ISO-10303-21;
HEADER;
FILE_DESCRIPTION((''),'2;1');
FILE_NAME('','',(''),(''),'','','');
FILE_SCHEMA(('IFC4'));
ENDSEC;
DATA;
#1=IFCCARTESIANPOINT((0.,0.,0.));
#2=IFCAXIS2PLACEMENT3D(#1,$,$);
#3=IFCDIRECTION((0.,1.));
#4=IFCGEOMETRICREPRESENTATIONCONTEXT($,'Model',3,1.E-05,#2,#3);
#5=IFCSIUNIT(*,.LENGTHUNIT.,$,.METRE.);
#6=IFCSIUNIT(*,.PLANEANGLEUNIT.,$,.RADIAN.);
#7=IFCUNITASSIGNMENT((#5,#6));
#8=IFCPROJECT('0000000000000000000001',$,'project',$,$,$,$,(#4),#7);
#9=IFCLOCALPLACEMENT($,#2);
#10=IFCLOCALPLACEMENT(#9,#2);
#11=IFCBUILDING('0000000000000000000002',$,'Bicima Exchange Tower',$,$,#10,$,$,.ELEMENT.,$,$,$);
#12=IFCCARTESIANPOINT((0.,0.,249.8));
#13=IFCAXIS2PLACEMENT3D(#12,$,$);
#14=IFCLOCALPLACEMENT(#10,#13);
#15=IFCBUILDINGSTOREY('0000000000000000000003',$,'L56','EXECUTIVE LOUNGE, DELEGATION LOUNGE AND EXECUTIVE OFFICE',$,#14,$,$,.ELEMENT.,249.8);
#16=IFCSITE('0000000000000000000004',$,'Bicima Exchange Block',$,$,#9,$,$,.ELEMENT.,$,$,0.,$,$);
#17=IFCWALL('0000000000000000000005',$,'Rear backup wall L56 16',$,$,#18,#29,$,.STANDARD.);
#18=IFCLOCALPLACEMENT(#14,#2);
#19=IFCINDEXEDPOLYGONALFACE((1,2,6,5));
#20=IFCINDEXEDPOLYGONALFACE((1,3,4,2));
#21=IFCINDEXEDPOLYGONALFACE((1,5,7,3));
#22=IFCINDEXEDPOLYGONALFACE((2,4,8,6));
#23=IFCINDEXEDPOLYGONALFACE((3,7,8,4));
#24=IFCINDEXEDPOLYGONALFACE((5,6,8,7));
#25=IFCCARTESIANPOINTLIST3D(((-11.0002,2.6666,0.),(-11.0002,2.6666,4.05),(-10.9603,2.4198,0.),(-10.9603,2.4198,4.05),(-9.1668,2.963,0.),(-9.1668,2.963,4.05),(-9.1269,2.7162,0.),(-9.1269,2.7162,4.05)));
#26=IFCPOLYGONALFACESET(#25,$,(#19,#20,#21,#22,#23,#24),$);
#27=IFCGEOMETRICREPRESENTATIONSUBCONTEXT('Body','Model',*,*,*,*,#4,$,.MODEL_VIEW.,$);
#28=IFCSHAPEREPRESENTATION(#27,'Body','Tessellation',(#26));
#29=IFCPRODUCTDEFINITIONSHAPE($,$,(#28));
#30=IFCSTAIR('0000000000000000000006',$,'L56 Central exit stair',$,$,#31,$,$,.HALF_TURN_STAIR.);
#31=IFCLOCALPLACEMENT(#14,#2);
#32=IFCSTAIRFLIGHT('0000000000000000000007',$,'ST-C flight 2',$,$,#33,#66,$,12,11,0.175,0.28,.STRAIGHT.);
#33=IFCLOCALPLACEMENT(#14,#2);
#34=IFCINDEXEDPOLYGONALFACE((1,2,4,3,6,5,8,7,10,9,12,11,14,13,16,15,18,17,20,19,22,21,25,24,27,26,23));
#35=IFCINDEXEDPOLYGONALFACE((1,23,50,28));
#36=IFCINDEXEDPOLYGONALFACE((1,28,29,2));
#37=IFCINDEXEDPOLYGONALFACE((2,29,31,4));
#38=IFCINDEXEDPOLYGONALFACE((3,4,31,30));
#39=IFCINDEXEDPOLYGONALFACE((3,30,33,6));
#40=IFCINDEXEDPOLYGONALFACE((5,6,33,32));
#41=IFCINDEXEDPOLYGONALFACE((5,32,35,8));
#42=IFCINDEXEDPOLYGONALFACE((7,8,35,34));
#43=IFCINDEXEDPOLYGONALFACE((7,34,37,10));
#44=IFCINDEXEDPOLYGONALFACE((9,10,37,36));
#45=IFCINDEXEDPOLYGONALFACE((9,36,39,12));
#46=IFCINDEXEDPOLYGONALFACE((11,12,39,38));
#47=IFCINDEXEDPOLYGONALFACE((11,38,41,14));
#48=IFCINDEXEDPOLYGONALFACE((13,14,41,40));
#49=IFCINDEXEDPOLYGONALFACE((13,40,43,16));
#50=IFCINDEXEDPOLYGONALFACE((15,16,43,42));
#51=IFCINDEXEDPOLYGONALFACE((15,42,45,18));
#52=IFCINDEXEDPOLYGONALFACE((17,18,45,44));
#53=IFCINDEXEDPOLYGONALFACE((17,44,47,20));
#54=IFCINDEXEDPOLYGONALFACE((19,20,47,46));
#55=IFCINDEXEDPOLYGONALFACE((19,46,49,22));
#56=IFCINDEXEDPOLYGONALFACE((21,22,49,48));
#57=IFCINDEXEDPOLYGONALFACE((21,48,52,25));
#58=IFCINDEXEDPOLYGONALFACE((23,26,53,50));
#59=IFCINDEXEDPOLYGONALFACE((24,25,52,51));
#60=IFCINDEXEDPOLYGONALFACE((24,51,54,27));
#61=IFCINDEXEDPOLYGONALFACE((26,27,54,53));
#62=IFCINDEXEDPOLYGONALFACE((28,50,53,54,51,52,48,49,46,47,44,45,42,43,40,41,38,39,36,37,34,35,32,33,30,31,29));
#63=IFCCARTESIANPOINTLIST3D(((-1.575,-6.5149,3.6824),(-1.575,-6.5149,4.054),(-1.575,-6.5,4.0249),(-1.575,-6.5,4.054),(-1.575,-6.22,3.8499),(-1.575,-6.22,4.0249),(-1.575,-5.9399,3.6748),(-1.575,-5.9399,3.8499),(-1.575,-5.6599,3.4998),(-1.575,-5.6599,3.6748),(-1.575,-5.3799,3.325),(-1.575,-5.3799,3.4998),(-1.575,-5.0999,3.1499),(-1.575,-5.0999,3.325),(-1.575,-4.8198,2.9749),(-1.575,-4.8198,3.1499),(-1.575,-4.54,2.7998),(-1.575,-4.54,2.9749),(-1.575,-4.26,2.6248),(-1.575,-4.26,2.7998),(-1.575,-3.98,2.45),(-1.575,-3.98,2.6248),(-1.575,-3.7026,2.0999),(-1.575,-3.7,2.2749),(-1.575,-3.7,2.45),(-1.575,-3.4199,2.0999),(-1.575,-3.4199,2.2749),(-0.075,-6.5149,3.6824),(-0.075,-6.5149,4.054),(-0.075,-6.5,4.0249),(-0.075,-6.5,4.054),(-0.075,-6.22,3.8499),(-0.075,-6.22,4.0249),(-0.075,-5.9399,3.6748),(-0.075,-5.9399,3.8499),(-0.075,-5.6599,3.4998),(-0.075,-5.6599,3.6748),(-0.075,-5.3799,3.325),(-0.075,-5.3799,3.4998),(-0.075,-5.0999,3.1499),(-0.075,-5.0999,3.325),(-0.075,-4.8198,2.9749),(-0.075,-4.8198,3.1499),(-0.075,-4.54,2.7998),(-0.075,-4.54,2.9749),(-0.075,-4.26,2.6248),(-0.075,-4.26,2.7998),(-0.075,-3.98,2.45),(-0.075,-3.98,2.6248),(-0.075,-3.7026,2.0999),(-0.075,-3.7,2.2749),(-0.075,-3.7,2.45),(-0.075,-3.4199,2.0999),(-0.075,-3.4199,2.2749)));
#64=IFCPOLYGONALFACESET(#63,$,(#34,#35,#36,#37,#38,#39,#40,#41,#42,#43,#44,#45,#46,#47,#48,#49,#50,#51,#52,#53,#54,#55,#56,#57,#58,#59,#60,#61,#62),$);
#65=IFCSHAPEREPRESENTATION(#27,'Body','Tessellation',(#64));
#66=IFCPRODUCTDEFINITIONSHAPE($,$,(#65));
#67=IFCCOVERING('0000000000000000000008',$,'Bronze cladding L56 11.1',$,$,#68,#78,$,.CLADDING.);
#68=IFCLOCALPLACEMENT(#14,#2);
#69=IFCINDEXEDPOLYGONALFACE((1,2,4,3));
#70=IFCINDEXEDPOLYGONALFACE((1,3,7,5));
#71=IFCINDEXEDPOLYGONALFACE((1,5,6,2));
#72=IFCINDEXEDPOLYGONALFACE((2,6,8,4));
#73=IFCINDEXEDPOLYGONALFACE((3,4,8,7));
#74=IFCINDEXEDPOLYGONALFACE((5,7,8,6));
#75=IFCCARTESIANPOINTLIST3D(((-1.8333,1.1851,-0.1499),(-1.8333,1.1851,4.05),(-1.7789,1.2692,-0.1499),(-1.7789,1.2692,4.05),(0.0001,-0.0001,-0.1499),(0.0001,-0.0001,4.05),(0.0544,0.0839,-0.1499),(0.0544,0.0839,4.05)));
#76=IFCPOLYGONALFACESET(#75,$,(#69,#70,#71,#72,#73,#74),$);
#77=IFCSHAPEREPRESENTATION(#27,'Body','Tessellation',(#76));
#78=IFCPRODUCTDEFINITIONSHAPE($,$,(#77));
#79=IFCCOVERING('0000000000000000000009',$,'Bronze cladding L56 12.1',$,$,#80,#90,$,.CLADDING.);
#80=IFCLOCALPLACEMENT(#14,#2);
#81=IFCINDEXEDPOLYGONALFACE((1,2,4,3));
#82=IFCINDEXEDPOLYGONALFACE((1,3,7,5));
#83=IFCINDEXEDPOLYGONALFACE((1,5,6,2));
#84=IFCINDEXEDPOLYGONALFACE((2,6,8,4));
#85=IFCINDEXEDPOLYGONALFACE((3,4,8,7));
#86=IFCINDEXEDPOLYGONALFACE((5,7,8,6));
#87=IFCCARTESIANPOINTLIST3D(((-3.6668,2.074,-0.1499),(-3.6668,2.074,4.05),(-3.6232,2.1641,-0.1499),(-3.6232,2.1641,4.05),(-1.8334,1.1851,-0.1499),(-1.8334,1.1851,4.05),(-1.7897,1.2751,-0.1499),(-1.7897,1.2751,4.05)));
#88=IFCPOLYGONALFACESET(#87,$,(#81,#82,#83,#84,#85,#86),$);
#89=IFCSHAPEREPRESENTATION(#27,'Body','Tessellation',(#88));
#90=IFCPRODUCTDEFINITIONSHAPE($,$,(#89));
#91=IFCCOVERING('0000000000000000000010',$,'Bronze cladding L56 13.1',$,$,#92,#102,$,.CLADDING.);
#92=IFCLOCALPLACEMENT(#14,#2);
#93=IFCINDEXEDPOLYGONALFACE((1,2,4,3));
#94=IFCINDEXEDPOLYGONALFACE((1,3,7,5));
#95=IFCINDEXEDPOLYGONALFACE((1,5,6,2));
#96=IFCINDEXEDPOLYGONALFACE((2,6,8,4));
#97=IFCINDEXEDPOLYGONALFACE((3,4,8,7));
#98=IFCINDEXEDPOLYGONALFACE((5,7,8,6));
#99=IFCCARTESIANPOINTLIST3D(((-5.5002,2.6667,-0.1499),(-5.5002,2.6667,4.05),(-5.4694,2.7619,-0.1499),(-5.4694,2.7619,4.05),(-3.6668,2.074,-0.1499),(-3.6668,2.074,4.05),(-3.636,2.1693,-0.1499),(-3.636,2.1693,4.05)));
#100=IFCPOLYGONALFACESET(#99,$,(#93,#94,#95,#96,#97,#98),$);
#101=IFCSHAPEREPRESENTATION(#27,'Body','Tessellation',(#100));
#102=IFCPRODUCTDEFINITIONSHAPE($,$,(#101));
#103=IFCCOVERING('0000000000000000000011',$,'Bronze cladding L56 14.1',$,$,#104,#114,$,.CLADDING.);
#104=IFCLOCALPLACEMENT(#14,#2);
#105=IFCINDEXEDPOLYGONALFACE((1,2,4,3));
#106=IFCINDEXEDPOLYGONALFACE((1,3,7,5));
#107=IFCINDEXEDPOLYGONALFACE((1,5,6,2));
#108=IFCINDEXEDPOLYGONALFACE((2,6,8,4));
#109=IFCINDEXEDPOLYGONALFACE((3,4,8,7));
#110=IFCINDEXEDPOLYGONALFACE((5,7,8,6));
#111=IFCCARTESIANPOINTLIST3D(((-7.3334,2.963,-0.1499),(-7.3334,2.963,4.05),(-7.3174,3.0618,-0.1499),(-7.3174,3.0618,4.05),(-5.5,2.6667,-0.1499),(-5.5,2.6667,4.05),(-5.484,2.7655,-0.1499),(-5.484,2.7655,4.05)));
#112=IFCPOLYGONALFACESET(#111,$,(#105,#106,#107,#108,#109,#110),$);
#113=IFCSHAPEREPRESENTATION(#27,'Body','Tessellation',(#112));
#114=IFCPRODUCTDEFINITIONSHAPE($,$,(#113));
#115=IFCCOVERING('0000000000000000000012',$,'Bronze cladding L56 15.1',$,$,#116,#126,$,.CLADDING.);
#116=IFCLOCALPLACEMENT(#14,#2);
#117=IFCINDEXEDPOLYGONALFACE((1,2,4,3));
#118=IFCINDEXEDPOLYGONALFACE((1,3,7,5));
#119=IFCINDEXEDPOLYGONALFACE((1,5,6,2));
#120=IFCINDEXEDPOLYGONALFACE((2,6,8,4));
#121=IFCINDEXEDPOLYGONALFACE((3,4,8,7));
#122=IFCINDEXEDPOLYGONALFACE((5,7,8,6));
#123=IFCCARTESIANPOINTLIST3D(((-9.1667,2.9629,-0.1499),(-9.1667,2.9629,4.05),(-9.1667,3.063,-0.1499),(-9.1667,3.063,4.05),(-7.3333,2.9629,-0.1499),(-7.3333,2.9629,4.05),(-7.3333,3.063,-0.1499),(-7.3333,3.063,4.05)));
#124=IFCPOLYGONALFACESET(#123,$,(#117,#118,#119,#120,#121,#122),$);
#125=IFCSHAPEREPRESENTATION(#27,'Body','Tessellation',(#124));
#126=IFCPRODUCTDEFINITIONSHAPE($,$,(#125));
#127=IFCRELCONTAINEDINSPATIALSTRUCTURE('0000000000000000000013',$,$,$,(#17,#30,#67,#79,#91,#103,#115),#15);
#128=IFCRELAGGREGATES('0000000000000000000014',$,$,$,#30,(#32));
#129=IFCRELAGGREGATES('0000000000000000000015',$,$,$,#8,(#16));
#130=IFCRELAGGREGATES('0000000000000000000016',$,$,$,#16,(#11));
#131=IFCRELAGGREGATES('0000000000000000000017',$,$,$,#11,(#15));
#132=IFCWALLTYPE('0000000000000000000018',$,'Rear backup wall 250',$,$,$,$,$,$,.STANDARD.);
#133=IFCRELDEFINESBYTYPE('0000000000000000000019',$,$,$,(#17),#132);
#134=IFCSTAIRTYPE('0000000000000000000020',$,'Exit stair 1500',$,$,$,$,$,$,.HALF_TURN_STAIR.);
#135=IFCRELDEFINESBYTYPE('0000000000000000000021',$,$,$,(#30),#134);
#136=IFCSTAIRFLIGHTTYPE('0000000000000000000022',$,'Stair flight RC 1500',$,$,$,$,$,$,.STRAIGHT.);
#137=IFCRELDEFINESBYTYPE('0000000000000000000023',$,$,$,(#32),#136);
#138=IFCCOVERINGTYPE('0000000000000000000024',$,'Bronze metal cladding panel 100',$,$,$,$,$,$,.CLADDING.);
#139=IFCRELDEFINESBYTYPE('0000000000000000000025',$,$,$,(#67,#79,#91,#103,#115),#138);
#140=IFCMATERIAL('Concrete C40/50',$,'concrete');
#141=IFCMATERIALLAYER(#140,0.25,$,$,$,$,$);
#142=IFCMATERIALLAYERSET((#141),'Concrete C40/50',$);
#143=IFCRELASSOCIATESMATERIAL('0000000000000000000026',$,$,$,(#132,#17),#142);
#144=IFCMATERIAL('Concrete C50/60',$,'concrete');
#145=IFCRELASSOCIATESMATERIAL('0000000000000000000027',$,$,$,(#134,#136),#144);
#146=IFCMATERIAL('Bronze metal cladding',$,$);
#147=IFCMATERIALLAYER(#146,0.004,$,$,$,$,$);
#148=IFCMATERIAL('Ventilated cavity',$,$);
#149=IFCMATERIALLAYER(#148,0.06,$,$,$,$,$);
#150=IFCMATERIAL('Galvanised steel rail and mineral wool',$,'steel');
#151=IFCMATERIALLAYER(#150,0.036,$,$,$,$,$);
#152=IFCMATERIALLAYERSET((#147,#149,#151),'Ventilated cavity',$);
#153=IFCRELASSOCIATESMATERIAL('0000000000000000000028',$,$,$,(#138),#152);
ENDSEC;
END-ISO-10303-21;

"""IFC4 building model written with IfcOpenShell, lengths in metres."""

from ifc_helpers import new_model, si_unit, direction, frame, frame_2d, origin, origin_2d, place, context, subcontext, project, spatial, polyline, rectangle, outline, extrude, material, layer, layer_set, layer_usage, type_object, element, aggregate, save


model = new_model("IFC4")

# Units and contexts
model_context = context("Model", 3, precision=1e-05, world=origin(), true_north=direction((0.0, 1.0)))
body_context = subcontext(model_context, "Body", "Model", "MODEL_VIEW")
ifc_project = project(units=[si_unit("LENGTHUNIT", "METRE"), si_unit("PLANEANGLEUNIT", "RADIAN")], contexts=[model_context])

# Site, building, storey
site_placement = place(None, origin())
site = spatial("IfcSite", under=ifc_project, at=site_placement, Name="Bicima Exchange Block", CompositionType="ELEMENT", RefElevation=0.0)
building_placement = place(site_placement, origin())
building = spatial("IfcBuilding", under=site, at=building_placement, Name="Bicima Exchange Tower", CompositionType="ELEMENT")
storey_placement = place(building_placement, frame((0.0, 0.0, 249.8)))
storey = spatial("IfcBuildingStorey", under=building, at=storey_placement, Name="L56", Description="EXECUTIVE LOUNGE, DELEGATION LOUNGE AND EXECUTIVE OFFICE", CompositionType="ELEMENT", Elevation=249.8)

# Shared definitions
ifc_material_1 = material(Name="Concrete C40/50", Category="concrete")

# Shared definitions
ifc_material_2 = material(Name="Concrete C50/60", Category="concrete")

# Wall
ifc_layer_1 = layer(ifc_material_1, 0.25)
ifc_layer_set_1 = layer_set([ifc_layer_1], Name="Concrete C40/50")
ifc_layer_usage = layer_usage(ifc_layer_set_1, "AXIS2", "POSITIVE", -0.125)
wall_type_1 = type_object("IfcWallType", Name="Rear backup wall 250", PredefinedType="STANDARD", material=ifc_layer_set_1)
wall_1_placement = place(storey_placement, frame((-9.1467, 2.8396, 0.0), z_axis=(0.0, 0.0, 1.0), x_axis=(-0.987182, -0.1596, 0.0)))
element("IfcWall", 1, at=wall_1_placement, inside=storey, type_object=wall_type_1, material=ifc_layer_usage, Name="Rear backup wall L56 16", PredefinedType="STANDARD", context=body_context, shape_type="SweptSolid", body=[
    extrude(rectangle(XDim=1.8572, YDim=0.25, at=frame_2d((0.9287, 0.0))), origin(), (0.0, 0.0, 1.0), 4.05),
])

# Stair, stair flight
stair_type = type_object("IfcStairType", Name="Exit stair 1500", PredefinedType="HALF_TURN_STAIR", material=ifc_material_2)
stair_placement = place(storey_placement, origin())
stair = element("IfcStair", 2, at=stair_placement, inside=storey, type_object=stair_type, Name="L56 Central exit stair", PredefinedType="HALF_TURN_STAIR")
stair_flight_type = type_object("IfcStairFlightType", Name="Stair flight RC 1500", PredefinedType="STRAIGHT", material=ifc_material_2)
stair_flight_placement = place(storey_placement, frame((-0.825, -3.4199, 2.0999), z_axis=(0.0, 0.0, 1.0), x_axis=(0.0, -1.0, 0.0)))
stair_flight = element("IfcStairFlight", 3, at=stair_flight_placement, type_object=stair_flight_type, Name="ST-C flight 2", NumberOfRisers=12, NumberOfTreads=11, PredefinedType="STRAIGHT", RiserHeight=0.175, TreadLength=0.28, context=body_context, shape_type="SweptSolid", body=[
    extrude(outline(polyline([(0.0, 0.0), (0.0, 0.175), (0.28, 0.175), (0.28, 0.3501), (0.5601, 0.3501), (0.5601, 0.5249), (0.8401, 0.5249), (0.8401, 0.7), (1.1201, 0.7), (1.1201, 0.875), (1.3999, 0.875), (1.3999, 1.05), (1.6799, 1.05), (1.6799, 1.2251), (1.96, 1.2251), (1.96, 1.3999), (2.24, 1.3999), (2.24, 1.575), (2.52, 1.575), (2.52, 1.75), (2.8, 1.75), (2.8, 1.925), (3.0801, 1.925), (3.0801, 1.9541), (3.095, 1.9541), (3.095, 1.5825), (0.2827, 0.0), (0.0, 0.0)])), frame((0.0, 0.75, 0.0), z_axis=(0.0, -1.0, 0.0), x_axis=(1.0, 0.0, 0.0)), (0.0, 0.0, 1.0), 1.5),
])
aggregate(stair, [stair_flight])

# Coverings
ifc_material_3 = material(Name="Bronze metal cladding")
ifc_layer_2 = layer(ifc_material_3, 0.004)
ifc_material_4 = material(Name="Ventilated cavity")
ifc_layer_3 = layer(ifc_material_4, 0.06)
ifc_material_5 = material(Name="Galvanised steel rail and mineral wool", Category="steel")
ifc_layer_4 = layer(ifc_material_5, 0.036)
ifc_layer_set_2 = layer_set([ifc_layer_2, ifc_layer_3, ifc_layer_4], Name="Ventilated cavity")
covering_type = type_object("IfcCoveringType", Name="Bronze metal cladding panel 100", PredefinedType="CLADDING", material=ifc_layer_set_2)
covering_1_placement = place(storey_placement, frame((-0.8894, 0.6345, -0.1499), z_axis=(0.0, 0.0, 1.0), x_axis=(-0.83979, 0.542911, 0.0)))
element("IfcCovering", 4, at=covering_1_placement, inside=storey, type_object=covering_type, Name="Bronze cladding L56 11.1", PredefinedType="CLADDING", context=body_context, shape_type="SweptSolid", body=[
    extrude(rectangle(XDim=2.1831, YDim=0.1001, at=origin_2d()), origin(), (0.0, 0.0, 1.0), 4.2),
])
covering_2_placement = place(storey_placement, frame((-2.7283, 1.6746, -0.1499), z_axis=(0.0, 0.0, 1.0), x_axis=(-0.899818, 0.436265, 0.0)))
element("IfcCovering", 5, at=covering_2_placement, inside=storey, type_object=covering_type, Name="Bronze cladding L56 12.1", PredefinedType="CLADDING", context=body_context, shape_type="SweptSolid", body=[
    extrude(rectangle(XDim=2.0376, YDim=0.1001, at=origin_2d()), origin(), (0.0, 0.0, 1.0), 4.2),
])
covering_3_placement = place(storey_placement, frame((-4.5681, 2.418, -0.1499), z_axis=(0.0, 0.0, 1.0), x_axis=(-0.951525, 0.307573, 0.0)))
element("IfcCovering", 6, at=covering_3_placement, inside=storey, type_object=covering_type, Name="Bronze cladding L56 13.1", PredefinedType="CLADDING", context=body_context, shape_type="SweptSolid", body=[
    extrude(rectangle(XDim=1.9268, YDim=0.1001, at=origin_2d()), origin(), (0.0, 0.0, 1.0), 4.2),
])
covering_4_placement = place(storey_placement, frame((-6.4087, 2.8643, -0.1499), z_axis=(0.0, 0.0, 1.0), x_axis=(-0.98719, 0.15955, 0.0)))
element("IfcCovering", 7, at=covering_4_placement, inside=storey, type_object=covering_type, Name="Bronze cladding L56 14.1", PredefinedType="CLADDING", context=body_context, shape_type="SweptSolid", body=[
    extrude(rectangle(XDim=1.8572, YDim=0.1001, at=origin_2d()), origin(), (0.0, 0.0, 1.0), 4.2),
])
covering_5_placement = place(storey_placement, frame((-8.25, 3.0129, -0.1499), z_axis=(0.0, 0.0, 1.0), x_axis=(-1.0, 0.0, 0.0)))
element("IfcCovering", 8, at=covering_5_placement, inside=storey, type_object=covering_type, Name="Bronze cladding L56 15.1", PredefinedType="CLADDING", context=body_context, shape_type="SweptSolid", body=[
    extrude(rectangle(XDim=1.8335, YDim=0.1001, at=origin_2d()), origin(), (0.0, 0.0, 1.0), 4.2),
])

save(model, "model.ifc")
